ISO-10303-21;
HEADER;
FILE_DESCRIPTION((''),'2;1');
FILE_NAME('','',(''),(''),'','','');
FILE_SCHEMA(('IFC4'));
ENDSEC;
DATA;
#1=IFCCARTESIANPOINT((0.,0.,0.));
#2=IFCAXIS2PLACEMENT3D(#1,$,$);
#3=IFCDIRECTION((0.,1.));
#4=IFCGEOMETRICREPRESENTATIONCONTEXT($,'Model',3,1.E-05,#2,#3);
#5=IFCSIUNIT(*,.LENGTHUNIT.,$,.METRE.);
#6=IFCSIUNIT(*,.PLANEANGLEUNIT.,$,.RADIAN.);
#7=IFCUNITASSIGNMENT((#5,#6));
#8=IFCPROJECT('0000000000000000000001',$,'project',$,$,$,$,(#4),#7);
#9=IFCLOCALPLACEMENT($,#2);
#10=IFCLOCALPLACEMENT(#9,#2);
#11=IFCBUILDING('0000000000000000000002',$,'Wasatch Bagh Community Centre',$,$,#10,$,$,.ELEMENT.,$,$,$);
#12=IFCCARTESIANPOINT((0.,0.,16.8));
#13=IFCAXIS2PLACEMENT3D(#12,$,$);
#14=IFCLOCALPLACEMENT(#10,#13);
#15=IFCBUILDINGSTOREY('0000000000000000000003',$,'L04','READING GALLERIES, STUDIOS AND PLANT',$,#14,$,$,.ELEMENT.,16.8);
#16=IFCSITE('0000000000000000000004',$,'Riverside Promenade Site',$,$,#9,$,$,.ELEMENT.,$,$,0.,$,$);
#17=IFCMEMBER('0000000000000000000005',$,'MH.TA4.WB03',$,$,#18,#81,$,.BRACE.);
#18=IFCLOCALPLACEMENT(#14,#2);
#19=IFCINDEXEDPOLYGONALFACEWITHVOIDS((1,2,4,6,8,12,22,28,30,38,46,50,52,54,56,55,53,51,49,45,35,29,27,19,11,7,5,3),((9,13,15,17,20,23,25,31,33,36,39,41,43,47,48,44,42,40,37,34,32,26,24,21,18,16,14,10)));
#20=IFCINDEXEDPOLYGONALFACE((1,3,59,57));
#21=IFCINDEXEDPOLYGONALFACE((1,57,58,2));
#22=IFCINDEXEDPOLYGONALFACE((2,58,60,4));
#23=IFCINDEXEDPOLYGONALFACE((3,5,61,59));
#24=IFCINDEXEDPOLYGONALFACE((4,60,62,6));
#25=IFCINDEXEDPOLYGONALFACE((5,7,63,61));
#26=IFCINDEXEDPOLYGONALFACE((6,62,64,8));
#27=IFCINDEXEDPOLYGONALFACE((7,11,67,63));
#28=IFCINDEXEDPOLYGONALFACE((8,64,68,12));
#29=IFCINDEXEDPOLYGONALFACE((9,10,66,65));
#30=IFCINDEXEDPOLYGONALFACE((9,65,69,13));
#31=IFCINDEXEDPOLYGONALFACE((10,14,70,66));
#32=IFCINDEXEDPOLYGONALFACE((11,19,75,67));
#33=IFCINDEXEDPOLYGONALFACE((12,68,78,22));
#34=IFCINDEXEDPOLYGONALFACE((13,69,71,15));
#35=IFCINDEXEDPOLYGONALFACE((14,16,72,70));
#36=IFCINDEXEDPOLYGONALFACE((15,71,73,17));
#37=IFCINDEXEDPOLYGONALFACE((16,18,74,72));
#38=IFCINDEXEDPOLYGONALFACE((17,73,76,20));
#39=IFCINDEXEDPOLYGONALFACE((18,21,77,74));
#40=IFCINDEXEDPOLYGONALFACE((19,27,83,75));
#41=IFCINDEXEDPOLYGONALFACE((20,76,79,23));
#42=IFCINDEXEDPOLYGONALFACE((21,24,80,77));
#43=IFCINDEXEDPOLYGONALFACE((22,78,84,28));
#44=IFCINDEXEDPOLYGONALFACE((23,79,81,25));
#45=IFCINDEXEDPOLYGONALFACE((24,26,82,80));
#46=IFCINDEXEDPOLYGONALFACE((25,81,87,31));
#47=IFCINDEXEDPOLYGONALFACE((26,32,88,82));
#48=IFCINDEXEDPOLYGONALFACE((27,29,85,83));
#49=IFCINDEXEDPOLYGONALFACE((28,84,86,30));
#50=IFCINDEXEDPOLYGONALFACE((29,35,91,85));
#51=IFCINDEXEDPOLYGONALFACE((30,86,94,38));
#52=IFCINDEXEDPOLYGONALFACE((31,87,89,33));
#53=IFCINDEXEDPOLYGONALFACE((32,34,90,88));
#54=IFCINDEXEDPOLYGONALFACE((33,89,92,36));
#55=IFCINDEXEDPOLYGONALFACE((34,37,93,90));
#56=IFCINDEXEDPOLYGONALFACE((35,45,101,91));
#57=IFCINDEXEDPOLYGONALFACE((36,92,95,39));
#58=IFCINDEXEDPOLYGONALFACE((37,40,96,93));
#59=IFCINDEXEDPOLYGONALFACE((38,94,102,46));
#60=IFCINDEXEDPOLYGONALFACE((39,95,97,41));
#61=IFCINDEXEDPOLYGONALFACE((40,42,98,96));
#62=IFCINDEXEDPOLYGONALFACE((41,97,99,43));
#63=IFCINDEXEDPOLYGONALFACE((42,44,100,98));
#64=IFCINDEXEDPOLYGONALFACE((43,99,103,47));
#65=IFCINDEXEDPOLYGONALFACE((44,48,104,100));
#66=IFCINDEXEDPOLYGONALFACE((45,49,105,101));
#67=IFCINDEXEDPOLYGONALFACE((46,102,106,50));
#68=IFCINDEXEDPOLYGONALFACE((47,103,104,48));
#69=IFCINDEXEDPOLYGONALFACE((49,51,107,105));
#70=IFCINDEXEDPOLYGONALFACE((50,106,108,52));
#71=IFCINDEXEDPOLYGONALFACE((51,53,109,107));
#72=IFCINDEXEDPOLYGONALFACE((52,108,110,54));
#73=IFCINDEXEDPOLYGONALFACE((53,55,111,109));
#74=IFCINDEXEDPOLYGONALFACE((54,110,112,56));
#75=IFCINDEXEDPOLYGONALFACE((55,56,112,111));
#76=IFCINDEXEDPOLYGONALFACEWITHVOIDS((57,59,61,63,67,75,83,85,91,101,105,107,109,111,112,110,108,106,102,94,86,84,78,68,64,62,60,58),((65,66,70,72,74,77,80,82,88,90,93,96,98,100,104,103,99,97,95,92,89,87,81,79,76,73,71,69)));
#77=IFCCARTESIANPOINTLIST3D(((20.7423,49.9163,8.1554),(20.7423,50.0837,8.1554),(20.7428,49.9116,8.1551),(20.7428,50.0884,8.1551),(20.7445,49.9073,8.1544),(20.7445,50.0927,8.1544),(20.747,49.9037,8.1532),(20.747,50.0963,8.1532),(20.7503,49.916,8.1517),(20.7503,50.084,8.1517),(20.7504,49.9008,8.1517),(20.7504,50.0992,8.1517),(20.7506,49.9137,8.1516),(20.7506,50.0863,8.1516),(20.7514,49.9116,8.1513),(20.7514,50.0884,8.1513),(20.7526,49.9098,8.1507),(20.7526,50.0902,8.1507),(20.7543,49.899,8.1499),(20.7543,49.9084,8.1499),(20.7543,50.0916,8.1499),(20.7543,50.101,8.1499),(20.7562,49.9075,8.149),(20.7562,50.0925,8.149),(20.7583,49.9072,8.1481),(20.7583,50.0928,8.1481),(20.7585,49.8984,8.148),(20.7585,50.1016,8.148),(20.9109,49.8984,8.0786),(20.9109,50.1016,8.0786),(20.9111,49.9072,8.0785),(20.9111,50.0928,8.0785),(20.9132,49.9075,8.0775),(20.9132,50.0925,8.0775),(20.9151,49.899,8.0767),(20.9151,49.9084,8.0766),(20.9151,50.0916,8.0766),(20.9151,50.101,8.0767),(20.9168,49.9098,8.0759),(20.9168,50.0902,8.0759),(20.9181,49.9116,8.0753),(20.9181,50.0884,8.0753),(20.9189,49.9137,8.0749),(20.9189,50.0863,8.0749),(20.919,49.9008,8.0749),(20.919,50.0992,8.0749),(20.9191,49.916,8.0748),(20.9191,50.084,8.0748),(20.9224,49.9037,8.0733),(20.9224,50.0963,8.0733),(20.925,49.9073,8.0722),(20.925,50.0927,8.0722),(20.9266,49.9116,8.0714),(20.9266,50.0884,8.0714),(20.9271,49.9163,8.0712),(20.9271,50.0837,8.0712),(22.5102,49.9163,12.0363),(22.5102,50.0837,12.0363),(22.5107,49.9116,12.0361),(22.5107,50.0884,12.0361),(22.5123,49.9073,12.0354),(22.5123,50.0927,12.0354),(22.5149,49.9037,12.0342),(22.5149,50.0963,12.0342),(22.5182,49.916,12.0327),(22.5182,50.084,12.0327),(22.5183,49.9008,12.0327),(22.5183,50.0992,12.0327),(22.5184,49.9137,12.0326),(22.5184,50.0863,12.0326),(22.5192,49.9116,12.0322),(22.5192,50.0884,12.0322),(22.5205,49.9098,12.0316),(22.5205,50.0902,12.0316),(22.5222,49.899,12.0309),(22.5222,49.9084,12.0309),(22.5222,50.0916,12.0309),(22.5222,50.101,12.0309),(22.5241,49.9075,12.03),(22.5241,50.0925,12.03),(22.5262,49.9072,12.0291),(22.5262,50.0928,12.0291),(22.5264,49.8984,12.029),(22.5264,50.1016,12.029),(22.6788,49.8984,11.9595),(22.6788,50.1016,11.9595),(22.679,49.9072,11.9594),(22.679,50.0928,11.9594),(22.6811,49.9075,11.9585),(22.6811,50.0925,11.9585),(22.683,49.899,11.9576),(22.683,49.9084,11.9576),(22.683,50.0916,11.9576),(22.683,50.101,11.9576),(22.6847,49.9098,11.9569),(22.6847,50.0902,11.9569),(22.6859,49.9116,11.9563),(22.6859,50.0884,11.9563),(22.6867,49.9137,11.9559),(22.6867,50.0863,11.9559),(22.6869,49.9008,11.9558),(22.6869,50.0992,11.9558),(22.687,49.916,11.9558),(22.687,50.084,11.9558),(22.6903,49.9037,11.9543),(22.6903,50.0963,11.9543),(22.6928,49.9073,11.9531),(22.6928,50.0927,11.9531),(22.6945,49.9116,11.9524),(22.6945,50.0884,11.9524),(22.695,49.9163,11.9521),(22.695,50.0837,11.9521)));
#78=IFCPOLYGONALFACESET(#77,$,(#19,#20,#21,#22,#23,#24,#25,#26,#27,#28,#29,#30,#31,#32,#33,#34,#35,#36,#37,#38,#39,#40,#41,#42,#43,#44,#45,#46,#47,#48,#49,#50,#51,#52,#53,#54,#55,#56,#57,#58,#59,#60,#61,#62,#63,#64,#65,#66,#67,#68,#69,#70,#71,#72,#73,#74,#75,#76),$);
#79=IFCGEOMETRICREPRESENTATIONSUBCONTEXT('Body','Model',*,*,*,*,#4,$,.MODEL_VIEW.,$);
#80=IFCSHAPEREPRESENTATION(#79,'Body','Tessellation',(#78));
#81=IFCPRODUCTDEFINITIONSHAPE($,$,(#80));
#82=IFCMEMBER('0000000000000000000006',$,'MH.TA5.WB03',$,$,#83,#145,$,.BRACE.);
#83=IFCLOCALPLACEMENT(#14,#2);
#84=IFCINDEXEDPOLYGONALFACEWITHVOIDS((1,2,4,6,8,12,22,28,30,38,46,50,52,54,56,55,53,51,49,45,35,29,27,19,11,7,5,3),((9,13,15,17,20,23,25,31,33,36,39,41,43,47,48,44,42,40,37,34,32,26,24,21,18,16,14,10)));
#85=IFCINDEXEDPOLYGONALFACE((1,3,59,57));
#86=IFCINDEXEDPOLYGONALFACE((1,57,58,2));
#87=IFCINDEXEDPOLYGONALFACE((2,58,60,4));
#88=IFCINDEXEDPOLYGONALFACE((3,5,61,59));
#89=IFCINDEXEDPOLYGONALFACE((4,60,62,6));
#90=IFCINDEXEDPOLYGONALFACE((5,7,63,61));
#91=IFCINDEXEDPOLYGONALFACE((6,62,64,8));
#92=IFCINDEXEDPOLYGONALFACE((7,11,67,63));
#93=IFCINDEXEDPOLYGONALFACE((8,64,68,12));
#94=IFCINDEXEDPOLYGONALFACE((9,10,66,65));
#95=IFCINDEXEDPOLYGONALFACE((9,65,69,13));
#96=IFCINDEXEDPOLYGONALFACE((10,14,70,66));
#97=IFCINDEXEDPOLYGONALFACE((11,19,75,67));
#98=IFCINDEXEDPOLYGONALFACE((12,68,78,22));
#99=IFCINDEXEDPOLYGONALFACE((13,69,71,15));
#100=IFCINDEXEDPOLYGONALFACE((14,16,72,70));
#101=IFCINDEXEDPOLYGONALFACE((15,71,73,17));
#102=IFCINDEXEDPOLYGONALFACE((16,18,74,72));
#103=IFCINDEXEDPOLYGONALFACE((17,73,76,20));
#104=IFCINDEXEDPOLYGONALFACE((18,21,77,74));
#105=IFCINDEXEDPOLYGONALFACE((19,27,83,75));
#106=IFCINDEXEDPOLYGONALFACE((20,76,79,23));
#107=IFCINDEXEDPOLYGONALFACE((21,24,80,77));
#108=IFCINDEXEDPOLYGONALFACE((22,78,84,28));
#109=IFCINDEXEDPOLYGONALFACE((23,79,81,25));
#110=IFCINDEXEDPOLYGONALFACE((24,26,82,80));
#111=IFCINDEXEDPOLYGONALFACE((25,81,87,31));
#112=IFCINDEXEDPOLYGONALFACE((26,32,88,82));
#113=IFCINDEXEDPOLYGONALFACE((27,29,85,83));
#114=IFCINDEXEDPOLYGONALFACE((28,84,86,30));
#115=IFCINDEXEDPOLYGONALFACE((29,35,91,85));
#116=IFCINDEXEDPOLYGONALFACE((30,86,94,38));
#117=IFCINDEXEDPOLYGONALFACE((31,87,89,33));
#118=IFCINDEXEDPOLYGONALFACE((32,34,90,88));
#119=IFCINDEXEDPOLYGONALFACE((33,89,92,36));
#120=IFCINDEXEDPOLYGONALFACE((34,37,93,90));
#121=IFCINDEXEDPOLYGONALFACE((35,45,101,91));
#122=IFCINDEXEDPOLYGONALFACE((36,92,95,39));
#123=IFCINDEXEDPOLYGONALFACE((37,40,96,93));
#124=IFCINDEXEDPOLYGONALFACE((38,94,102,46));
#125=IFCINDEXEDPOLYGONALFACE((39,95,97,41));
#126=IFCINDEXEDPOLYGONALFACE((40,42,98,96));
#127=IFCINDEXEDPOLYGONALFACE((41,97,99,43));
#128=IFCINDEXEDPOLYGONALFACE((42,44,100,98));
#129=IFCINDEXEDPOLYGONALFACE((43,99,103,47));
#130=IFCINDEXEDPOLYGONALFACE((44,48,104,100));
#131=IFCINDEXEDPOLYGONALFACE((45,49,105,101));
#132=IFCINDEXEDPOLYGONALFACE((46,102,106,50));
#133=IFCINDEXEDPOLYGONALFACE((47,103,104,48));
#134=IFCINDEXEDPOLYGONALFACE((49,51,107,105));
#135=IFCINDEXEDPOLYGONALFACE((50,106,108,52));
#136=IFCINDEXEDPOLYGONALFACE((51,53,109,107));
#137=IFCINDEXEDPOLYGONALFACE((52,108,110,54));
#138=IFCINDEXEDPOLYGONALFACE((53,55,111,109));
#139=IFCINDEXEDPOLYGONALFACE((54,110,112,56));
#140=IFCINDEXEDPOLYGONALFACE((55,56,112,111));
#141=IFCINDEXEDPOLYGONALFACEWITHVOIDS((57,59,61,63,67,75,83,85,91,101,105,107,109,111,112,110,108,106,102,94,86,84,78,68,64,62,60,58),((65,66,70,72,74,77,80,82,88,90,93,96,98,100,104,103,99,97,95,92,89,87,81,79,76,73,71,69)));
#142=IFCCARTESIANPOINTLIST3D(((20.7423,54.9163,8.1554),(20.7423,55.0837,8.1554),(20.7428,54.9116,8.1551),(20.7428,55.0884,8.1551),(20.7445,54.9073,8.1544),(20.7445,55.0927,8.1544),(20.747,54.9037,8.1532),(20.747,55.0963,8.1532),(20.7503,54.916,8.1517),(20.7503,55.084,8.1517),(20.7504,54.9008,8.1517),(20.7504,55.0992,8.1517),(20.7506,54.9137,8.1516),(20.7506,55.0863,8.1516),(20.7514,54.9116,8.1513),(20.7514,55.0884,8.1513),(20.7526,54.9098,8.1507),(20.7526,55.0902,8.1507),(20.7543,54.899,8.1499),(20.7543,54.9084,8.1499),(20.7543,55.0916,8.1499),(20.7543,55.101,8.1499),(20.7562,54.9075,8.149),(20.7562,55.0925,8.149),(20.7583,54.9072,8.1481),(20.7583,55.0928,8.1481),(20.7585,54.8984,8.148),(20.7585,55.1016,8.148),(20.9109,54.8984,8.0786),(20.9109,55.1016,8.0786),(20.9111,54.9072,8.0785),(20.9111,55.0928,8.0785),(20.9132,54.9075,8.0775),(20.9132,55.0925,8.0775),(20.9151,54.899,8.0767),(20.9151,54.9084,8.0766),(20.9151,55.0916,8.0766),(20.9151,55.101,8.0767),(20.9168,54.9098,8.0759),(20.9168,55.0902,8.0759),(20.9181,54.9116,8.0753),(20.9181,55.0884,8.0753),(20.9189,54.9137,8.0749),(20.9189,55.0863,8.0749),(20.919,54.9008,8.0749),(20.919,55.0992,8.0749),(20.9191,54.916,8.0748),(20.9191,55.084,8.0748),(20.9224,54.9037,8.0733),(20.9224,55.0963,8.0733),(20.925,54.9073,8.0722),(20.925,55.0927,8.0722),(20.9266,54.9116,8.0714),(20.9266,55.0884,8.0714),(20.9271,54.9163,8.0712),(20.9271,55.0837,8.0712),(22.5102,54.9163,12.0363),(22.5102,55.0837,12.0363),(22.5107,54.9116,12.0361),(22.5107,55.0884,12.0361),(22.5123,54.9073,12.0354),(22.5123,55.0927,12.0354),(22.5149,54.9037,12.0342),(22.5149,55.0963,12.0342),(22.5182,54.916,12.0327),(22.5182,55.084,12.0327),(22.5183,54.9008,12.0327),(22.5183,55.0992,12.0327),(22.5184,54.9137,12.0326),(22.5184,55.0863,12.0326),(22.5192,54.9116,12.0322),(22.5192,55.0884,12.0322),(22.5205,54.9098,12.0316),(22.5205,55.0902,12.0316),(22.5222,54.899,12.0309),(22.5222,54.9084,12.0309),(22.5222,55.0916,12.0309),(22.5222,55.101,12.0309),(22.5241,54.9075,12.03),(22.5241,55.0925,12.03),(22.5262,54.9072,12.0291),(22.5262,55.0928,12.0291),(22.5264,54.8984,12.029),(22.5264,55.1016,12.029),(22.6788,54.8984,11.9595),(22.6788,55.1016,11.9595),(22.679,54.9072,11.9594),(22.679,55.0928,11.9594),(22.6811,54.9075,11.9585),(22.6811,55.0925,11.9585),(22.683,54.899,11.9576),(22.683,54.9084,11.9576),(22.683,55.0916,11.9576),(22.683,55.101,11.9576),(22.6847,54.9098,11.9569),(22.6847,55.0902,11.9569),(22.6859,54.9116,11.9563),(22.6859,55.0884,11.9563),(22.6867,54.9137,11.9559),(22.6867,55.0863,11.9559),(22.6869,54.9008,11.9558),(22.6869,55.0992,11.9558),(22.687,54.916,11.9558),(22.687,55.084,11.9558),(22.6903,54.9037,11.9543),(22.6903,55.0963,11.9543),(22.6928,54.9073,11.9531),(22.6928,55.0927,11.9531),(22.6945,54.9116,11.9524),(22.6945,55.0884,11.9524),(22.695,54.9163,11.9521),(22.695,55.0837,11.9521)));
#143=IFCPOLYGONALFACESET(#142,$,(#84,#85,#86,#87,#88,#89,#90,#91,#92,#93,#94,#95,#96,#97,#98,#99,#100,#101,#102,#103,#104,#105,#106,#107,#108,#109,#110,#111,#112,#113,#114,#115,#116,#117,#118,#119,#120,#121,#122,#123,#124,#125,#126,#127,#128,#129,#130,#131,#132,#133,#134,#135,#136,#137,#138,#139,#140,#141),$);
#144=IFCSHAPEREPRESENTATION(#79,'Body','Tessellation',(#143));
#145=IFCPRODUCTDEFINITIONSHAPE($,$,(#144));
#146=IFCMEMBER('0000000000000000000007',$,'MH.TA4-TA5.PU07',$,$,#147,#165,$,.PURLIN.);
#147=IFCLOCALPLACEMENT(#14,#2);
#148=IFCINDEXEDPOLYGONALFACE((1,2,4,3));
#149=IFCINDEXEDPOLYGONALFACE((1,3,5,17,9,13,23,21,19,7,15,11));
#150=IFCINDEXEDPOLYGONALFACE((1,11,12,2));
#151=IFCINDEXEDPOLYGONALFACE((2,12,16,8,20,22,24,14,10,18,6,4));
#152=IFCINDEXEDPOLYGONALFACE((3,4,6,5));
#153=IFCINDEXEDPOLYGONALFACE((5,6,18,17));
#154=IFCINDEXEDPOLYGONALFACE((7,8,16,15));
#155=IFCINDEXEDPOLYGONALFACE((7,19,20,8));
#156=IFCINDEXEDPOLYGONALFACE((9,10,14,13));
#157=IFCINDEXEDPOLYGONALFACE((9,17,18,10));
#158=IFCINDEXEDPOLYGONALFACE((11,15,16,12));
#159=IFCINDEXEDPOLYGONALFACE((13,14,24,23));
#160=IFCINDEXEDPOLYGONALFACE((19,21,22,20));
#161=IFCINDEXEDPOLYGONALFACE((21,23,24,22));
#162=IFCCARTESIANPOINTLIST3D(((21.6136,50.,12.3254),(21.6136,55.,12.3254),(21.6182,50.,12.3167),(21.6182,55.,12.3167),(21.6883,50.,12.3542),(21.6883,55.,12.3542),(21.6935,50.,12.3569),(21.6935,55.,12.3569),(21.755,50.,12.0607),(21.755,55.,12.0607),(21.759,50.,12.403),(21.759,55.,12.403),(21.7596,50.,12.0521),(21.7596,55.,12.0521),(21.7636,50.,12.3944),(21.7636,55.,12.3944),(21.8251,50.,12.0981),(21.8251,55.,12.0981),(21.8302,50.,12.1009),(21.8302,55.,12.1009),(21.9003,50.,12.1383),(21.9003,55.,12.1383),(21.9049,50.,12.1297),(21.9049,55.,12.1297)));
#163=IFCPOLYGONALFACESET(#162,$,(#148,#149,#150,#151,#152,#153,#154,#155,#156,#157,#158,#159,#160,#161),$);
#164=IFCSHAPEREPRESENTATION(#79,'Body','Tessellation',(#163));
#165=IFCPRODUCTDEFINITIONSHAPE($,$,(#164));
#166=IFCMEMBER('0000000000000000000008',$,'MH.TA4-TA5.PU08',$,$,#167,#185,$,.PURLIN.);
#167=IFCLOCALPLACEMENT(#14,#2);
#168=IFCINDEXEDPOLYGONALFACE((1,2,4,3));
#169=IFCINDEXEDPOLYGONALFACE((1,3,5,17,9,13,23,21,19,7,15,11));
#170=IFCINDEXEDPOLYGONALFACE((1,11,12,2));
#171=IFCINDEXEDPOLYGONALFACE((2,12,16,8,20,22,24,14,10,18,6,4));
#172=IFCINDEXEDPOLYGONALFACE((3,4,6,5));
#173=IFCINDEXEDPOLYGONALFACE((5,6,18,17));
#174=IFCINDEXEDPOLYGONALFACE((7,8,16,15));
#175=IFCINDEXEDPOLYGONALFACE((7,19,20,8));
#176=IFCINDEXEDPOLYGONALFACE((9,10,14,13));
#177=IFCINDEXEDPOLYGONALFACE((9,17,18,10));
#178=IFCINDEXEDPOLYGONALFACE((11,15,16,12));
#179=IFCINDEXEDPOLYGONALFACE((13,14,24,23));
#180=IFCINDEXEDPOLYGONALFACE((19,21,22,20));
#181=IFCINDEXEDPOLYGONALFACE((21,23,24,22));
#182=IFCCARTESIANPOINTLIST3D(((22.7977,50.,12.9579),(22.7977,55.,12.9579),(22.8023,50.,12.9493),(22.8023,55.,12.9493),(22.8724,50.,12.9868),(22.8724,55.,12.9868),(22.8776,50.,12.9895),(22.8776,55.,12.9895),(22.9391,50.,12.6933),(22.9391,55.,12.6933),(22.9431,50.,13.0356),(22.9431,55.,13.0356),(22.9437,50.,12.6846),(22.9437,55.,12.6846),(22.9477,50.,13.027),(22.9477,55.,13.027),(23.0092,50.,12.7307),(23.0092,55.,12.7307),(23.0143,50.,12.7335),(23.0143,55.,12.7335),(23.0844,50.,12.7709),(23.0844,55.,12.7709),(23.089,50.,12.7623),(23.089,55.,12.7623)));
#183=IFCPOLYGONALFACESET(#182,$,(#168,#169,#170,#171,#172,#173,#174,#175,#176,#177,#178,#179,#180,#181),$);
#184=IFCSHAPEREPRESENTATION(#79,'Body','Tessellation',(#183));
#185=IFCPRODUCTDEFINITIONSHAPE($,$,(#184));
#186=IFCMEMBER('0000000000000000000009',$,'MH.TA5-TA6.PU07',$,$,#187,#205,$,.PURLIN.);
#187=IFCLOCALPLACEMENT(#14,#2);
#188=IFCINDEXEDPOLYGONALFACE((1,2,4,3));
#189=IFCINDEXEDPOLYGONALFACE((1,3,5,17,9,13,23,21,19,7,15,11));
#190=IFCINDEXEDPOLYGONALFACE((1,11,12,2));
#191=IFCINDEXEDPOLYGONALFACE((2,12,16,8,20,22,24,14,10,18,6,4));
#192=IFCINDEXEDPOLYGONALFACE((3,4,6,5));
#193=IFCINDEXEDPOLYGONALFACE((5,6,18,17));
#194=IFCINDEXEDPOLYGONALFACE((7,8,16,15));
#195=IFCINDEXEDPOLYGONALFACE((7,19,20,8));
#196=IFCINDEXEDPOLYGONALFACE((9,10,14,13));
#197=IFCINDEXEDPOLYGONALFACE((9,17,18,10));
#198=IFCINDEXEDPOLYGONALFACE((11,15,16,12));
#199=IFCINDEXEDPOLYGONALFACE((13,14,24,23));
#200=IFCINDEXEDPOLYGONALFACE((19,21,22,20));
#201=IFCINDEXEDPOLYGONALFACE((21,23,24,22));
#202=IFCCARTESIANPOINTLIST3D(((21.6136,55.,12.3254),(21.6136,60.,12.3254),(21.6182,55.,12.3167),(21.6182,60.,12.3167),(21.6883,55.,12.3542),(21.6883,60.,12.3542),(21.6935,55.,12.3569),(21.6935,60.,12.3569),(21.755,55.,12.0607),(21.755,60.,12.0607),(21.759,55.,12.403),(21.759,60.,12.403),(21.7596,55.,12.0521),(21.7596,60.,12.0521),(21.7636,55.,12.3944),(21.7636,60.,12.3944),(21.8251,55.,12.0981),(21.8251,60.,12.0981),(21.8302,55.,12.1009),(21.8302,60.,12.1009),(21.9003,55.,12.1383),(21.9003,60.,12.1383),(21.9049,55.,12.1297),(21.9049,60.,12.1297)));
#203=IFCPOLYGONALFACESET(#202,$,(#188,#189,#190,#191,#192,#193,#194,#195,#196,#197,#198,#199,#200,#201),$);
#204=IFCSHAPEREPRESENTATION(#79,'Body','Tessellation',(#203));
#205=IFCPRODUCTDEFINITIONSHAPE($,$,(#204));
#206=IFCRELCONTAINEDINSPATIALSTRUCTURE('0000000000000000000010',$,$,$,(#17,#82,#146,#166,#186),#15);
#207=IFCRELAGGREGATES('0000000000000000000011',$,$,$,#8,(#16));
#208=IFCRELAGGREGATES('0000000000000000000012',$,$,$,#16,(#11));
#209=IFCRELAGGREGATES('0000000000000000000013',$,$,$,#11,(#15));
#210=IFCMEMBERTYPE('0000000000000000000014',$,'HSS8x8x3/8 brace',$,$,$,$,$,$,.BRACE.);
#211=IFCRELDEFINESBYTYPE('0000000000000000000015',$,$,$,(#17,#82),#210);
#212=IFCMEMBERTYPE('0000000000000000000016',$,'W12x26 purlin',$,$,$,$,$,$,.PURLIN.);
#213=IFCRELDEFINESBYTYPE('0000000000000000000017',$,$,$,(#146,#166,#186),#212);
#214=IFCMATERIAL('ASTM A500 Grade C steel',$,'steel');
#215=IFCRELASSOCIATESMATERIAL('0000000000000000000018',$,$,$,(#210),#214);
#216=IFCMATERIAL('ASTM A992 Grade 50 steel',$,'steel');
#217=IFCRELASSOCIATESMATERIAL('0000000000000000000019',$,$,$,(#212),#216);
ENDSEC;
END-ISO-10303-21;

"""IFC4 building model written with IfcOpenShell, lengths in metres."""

from ifc_helpers import new_model, si_unit, direction, frame, origin, origin_2d, place, context, subcontext, project, spatial, hollow_rectangle, i_section, extrude, material, material_profile, profile_set, type_object, element, save


model = new_model("IFC4")

# Units and contexts
model_context = context("Model", 3, precision=1e-05, world=origin(), true_north=direction((0.0, 1.0)))
body_context = subcontext(model_context, "Body", "Model", "MODEL_VIEW")
ifc_project = project(units=[si_unit("LENGTHUNIT", "METRE"), si_unit("PLANEANGLEUNIT", "RADIAN")], contexts=[model_context])

# Site, building, storey
site_placement = place(None, origin())
site = spatial("IfcSite", under=ifc_project, at=site_placement, Name="Riverside Promenade Site", CompositionType="ELEMENT", RefElevation=0.0)
building_placement = place(site_placement, origin())
building = spatial("IfcBuilding", under=site, at=building_placement, Name="Wasatch Bagh Community Centre", CompositionType="ELEMENT")
storey_placement = place(building_placement, frame((0.0, 0.0, 16.8)))
storey = spatial("IfcBuildingStorey", under=building, at=storey_placement, Name="L04", Description="READING GALLERIES, STUDIOS AND PLANT", CompositionType="ELEMENT", Elevation=16.8)

# Members
ifc_material_1 = material(Name="ASTM A500 Grade C steel", Category="steel")
ifc_material_profile_1 = material_profile(ifc_material_1, hollow_rectangle(XDim=0.2031, YDim=0.2031, WallThickness=0.0088, InnerFilletRadius=0.0088, OuterFilletRadius=0.0178, at=origin_2d()), Name="HSS8x8x3/8")
ifc_profile_set_1 = profile_set([ifc_material_profile_1], Name="ASTM A500 Grade C steel")
member_type_1 = type_object("IfcMemberType", Name="HSS8x8x3/8 brace", PredefinedType="BRACE", material=ifc_profile_set_1)
for number, where, z_axis, x_axis, name in (
    (1, (20.8347, 50.0, 8.1133), (0.41454, 0.0, 0.910031), (0.0, 1.0, 0.0), "MH.TA4.WB03"),
    (2, (20.8347, 55.0, 8.1133), (0.41454, 0.0, 0.910031), (0.0, 1.0, 0.0), "MH.TA5.WB03"),
):
    element("IfcMember", number, at=place(storey_placement, frame(where, z_axis=z_axis, x_axis=x_axis)), inside=storey, type_object=member_type_1, Name=name, PredefinedType="BRACE", context=body_context, shape_type="SweptSolid", body=[
        extrude(hollow_rectangle(XDim=0.2031, YDim=0.2031, WallThickness=0.0088, InnerFilletRadius=0.0088, OuterFilletRadius=0.0178, at=origin_2d()), origin(), (0.0, 0.0, 1.0), 4.2646),
    ])
ifc_material_2 = material(Name="ASTM A992 Grade 50 steel", Category="steel")
ifc_material_profile_2 = material_profile(ifc_material_2, i_section(OverallWidth=0.1648, OverallDepth=0.3098, WebThickness=0.0059, FlangeThickness=0.0098, at=origin_2d()), Name="W12x26")
ifc_profile_set_2 = profile_set([ifc_material_profile_2], Name="ASTM A992 Grade 50 steel")
member_type_2 = type_object("IfcMemberType", Name="W12x26 purlin", PredefinedType="PURLIN", material=ifc_profile_set_2)
for number, where, z_axis, x_axis, name in (
    (3, (21.7593, 50.0, 12.2275), (0.0, 1.0, 0.0), (-0.882062, 0.0, -0.471133), "MH.TA4-TA5.PU07"),
    (4, (22.9434, 50.0, 12.8601), (0.0, 1.0, 0.0), (-0.882062, 0.0, -0.471133), "MH.TA4-TA5.PU08"),
    (5, (21.7593, 55.0, 12.2275), (0.0, 1.0, 0.0), (-0.882062, 0.0, -0.471133), "MH.TA5-TA6.PU07"),
):
    element("IfcMember", number, at=place(storey_placement, frame(where, z_axis=z_axis, x_axis=x_axis)), inside=storey, type_object=member_type_2, Name=name, PredefinedType="PURLIN", context=body_context, shape_type="SweptSolid", body=[
        extrude(i_section(OverallWidth=0.1648, OverallDepth=0.3098, WebThickness=0.0059, FlangeThickness=0.0098, at=origin_2d()), origin(), (0.0, 0.0, 1.0), 5.0),
    ])

save(model, "model.ifc")
